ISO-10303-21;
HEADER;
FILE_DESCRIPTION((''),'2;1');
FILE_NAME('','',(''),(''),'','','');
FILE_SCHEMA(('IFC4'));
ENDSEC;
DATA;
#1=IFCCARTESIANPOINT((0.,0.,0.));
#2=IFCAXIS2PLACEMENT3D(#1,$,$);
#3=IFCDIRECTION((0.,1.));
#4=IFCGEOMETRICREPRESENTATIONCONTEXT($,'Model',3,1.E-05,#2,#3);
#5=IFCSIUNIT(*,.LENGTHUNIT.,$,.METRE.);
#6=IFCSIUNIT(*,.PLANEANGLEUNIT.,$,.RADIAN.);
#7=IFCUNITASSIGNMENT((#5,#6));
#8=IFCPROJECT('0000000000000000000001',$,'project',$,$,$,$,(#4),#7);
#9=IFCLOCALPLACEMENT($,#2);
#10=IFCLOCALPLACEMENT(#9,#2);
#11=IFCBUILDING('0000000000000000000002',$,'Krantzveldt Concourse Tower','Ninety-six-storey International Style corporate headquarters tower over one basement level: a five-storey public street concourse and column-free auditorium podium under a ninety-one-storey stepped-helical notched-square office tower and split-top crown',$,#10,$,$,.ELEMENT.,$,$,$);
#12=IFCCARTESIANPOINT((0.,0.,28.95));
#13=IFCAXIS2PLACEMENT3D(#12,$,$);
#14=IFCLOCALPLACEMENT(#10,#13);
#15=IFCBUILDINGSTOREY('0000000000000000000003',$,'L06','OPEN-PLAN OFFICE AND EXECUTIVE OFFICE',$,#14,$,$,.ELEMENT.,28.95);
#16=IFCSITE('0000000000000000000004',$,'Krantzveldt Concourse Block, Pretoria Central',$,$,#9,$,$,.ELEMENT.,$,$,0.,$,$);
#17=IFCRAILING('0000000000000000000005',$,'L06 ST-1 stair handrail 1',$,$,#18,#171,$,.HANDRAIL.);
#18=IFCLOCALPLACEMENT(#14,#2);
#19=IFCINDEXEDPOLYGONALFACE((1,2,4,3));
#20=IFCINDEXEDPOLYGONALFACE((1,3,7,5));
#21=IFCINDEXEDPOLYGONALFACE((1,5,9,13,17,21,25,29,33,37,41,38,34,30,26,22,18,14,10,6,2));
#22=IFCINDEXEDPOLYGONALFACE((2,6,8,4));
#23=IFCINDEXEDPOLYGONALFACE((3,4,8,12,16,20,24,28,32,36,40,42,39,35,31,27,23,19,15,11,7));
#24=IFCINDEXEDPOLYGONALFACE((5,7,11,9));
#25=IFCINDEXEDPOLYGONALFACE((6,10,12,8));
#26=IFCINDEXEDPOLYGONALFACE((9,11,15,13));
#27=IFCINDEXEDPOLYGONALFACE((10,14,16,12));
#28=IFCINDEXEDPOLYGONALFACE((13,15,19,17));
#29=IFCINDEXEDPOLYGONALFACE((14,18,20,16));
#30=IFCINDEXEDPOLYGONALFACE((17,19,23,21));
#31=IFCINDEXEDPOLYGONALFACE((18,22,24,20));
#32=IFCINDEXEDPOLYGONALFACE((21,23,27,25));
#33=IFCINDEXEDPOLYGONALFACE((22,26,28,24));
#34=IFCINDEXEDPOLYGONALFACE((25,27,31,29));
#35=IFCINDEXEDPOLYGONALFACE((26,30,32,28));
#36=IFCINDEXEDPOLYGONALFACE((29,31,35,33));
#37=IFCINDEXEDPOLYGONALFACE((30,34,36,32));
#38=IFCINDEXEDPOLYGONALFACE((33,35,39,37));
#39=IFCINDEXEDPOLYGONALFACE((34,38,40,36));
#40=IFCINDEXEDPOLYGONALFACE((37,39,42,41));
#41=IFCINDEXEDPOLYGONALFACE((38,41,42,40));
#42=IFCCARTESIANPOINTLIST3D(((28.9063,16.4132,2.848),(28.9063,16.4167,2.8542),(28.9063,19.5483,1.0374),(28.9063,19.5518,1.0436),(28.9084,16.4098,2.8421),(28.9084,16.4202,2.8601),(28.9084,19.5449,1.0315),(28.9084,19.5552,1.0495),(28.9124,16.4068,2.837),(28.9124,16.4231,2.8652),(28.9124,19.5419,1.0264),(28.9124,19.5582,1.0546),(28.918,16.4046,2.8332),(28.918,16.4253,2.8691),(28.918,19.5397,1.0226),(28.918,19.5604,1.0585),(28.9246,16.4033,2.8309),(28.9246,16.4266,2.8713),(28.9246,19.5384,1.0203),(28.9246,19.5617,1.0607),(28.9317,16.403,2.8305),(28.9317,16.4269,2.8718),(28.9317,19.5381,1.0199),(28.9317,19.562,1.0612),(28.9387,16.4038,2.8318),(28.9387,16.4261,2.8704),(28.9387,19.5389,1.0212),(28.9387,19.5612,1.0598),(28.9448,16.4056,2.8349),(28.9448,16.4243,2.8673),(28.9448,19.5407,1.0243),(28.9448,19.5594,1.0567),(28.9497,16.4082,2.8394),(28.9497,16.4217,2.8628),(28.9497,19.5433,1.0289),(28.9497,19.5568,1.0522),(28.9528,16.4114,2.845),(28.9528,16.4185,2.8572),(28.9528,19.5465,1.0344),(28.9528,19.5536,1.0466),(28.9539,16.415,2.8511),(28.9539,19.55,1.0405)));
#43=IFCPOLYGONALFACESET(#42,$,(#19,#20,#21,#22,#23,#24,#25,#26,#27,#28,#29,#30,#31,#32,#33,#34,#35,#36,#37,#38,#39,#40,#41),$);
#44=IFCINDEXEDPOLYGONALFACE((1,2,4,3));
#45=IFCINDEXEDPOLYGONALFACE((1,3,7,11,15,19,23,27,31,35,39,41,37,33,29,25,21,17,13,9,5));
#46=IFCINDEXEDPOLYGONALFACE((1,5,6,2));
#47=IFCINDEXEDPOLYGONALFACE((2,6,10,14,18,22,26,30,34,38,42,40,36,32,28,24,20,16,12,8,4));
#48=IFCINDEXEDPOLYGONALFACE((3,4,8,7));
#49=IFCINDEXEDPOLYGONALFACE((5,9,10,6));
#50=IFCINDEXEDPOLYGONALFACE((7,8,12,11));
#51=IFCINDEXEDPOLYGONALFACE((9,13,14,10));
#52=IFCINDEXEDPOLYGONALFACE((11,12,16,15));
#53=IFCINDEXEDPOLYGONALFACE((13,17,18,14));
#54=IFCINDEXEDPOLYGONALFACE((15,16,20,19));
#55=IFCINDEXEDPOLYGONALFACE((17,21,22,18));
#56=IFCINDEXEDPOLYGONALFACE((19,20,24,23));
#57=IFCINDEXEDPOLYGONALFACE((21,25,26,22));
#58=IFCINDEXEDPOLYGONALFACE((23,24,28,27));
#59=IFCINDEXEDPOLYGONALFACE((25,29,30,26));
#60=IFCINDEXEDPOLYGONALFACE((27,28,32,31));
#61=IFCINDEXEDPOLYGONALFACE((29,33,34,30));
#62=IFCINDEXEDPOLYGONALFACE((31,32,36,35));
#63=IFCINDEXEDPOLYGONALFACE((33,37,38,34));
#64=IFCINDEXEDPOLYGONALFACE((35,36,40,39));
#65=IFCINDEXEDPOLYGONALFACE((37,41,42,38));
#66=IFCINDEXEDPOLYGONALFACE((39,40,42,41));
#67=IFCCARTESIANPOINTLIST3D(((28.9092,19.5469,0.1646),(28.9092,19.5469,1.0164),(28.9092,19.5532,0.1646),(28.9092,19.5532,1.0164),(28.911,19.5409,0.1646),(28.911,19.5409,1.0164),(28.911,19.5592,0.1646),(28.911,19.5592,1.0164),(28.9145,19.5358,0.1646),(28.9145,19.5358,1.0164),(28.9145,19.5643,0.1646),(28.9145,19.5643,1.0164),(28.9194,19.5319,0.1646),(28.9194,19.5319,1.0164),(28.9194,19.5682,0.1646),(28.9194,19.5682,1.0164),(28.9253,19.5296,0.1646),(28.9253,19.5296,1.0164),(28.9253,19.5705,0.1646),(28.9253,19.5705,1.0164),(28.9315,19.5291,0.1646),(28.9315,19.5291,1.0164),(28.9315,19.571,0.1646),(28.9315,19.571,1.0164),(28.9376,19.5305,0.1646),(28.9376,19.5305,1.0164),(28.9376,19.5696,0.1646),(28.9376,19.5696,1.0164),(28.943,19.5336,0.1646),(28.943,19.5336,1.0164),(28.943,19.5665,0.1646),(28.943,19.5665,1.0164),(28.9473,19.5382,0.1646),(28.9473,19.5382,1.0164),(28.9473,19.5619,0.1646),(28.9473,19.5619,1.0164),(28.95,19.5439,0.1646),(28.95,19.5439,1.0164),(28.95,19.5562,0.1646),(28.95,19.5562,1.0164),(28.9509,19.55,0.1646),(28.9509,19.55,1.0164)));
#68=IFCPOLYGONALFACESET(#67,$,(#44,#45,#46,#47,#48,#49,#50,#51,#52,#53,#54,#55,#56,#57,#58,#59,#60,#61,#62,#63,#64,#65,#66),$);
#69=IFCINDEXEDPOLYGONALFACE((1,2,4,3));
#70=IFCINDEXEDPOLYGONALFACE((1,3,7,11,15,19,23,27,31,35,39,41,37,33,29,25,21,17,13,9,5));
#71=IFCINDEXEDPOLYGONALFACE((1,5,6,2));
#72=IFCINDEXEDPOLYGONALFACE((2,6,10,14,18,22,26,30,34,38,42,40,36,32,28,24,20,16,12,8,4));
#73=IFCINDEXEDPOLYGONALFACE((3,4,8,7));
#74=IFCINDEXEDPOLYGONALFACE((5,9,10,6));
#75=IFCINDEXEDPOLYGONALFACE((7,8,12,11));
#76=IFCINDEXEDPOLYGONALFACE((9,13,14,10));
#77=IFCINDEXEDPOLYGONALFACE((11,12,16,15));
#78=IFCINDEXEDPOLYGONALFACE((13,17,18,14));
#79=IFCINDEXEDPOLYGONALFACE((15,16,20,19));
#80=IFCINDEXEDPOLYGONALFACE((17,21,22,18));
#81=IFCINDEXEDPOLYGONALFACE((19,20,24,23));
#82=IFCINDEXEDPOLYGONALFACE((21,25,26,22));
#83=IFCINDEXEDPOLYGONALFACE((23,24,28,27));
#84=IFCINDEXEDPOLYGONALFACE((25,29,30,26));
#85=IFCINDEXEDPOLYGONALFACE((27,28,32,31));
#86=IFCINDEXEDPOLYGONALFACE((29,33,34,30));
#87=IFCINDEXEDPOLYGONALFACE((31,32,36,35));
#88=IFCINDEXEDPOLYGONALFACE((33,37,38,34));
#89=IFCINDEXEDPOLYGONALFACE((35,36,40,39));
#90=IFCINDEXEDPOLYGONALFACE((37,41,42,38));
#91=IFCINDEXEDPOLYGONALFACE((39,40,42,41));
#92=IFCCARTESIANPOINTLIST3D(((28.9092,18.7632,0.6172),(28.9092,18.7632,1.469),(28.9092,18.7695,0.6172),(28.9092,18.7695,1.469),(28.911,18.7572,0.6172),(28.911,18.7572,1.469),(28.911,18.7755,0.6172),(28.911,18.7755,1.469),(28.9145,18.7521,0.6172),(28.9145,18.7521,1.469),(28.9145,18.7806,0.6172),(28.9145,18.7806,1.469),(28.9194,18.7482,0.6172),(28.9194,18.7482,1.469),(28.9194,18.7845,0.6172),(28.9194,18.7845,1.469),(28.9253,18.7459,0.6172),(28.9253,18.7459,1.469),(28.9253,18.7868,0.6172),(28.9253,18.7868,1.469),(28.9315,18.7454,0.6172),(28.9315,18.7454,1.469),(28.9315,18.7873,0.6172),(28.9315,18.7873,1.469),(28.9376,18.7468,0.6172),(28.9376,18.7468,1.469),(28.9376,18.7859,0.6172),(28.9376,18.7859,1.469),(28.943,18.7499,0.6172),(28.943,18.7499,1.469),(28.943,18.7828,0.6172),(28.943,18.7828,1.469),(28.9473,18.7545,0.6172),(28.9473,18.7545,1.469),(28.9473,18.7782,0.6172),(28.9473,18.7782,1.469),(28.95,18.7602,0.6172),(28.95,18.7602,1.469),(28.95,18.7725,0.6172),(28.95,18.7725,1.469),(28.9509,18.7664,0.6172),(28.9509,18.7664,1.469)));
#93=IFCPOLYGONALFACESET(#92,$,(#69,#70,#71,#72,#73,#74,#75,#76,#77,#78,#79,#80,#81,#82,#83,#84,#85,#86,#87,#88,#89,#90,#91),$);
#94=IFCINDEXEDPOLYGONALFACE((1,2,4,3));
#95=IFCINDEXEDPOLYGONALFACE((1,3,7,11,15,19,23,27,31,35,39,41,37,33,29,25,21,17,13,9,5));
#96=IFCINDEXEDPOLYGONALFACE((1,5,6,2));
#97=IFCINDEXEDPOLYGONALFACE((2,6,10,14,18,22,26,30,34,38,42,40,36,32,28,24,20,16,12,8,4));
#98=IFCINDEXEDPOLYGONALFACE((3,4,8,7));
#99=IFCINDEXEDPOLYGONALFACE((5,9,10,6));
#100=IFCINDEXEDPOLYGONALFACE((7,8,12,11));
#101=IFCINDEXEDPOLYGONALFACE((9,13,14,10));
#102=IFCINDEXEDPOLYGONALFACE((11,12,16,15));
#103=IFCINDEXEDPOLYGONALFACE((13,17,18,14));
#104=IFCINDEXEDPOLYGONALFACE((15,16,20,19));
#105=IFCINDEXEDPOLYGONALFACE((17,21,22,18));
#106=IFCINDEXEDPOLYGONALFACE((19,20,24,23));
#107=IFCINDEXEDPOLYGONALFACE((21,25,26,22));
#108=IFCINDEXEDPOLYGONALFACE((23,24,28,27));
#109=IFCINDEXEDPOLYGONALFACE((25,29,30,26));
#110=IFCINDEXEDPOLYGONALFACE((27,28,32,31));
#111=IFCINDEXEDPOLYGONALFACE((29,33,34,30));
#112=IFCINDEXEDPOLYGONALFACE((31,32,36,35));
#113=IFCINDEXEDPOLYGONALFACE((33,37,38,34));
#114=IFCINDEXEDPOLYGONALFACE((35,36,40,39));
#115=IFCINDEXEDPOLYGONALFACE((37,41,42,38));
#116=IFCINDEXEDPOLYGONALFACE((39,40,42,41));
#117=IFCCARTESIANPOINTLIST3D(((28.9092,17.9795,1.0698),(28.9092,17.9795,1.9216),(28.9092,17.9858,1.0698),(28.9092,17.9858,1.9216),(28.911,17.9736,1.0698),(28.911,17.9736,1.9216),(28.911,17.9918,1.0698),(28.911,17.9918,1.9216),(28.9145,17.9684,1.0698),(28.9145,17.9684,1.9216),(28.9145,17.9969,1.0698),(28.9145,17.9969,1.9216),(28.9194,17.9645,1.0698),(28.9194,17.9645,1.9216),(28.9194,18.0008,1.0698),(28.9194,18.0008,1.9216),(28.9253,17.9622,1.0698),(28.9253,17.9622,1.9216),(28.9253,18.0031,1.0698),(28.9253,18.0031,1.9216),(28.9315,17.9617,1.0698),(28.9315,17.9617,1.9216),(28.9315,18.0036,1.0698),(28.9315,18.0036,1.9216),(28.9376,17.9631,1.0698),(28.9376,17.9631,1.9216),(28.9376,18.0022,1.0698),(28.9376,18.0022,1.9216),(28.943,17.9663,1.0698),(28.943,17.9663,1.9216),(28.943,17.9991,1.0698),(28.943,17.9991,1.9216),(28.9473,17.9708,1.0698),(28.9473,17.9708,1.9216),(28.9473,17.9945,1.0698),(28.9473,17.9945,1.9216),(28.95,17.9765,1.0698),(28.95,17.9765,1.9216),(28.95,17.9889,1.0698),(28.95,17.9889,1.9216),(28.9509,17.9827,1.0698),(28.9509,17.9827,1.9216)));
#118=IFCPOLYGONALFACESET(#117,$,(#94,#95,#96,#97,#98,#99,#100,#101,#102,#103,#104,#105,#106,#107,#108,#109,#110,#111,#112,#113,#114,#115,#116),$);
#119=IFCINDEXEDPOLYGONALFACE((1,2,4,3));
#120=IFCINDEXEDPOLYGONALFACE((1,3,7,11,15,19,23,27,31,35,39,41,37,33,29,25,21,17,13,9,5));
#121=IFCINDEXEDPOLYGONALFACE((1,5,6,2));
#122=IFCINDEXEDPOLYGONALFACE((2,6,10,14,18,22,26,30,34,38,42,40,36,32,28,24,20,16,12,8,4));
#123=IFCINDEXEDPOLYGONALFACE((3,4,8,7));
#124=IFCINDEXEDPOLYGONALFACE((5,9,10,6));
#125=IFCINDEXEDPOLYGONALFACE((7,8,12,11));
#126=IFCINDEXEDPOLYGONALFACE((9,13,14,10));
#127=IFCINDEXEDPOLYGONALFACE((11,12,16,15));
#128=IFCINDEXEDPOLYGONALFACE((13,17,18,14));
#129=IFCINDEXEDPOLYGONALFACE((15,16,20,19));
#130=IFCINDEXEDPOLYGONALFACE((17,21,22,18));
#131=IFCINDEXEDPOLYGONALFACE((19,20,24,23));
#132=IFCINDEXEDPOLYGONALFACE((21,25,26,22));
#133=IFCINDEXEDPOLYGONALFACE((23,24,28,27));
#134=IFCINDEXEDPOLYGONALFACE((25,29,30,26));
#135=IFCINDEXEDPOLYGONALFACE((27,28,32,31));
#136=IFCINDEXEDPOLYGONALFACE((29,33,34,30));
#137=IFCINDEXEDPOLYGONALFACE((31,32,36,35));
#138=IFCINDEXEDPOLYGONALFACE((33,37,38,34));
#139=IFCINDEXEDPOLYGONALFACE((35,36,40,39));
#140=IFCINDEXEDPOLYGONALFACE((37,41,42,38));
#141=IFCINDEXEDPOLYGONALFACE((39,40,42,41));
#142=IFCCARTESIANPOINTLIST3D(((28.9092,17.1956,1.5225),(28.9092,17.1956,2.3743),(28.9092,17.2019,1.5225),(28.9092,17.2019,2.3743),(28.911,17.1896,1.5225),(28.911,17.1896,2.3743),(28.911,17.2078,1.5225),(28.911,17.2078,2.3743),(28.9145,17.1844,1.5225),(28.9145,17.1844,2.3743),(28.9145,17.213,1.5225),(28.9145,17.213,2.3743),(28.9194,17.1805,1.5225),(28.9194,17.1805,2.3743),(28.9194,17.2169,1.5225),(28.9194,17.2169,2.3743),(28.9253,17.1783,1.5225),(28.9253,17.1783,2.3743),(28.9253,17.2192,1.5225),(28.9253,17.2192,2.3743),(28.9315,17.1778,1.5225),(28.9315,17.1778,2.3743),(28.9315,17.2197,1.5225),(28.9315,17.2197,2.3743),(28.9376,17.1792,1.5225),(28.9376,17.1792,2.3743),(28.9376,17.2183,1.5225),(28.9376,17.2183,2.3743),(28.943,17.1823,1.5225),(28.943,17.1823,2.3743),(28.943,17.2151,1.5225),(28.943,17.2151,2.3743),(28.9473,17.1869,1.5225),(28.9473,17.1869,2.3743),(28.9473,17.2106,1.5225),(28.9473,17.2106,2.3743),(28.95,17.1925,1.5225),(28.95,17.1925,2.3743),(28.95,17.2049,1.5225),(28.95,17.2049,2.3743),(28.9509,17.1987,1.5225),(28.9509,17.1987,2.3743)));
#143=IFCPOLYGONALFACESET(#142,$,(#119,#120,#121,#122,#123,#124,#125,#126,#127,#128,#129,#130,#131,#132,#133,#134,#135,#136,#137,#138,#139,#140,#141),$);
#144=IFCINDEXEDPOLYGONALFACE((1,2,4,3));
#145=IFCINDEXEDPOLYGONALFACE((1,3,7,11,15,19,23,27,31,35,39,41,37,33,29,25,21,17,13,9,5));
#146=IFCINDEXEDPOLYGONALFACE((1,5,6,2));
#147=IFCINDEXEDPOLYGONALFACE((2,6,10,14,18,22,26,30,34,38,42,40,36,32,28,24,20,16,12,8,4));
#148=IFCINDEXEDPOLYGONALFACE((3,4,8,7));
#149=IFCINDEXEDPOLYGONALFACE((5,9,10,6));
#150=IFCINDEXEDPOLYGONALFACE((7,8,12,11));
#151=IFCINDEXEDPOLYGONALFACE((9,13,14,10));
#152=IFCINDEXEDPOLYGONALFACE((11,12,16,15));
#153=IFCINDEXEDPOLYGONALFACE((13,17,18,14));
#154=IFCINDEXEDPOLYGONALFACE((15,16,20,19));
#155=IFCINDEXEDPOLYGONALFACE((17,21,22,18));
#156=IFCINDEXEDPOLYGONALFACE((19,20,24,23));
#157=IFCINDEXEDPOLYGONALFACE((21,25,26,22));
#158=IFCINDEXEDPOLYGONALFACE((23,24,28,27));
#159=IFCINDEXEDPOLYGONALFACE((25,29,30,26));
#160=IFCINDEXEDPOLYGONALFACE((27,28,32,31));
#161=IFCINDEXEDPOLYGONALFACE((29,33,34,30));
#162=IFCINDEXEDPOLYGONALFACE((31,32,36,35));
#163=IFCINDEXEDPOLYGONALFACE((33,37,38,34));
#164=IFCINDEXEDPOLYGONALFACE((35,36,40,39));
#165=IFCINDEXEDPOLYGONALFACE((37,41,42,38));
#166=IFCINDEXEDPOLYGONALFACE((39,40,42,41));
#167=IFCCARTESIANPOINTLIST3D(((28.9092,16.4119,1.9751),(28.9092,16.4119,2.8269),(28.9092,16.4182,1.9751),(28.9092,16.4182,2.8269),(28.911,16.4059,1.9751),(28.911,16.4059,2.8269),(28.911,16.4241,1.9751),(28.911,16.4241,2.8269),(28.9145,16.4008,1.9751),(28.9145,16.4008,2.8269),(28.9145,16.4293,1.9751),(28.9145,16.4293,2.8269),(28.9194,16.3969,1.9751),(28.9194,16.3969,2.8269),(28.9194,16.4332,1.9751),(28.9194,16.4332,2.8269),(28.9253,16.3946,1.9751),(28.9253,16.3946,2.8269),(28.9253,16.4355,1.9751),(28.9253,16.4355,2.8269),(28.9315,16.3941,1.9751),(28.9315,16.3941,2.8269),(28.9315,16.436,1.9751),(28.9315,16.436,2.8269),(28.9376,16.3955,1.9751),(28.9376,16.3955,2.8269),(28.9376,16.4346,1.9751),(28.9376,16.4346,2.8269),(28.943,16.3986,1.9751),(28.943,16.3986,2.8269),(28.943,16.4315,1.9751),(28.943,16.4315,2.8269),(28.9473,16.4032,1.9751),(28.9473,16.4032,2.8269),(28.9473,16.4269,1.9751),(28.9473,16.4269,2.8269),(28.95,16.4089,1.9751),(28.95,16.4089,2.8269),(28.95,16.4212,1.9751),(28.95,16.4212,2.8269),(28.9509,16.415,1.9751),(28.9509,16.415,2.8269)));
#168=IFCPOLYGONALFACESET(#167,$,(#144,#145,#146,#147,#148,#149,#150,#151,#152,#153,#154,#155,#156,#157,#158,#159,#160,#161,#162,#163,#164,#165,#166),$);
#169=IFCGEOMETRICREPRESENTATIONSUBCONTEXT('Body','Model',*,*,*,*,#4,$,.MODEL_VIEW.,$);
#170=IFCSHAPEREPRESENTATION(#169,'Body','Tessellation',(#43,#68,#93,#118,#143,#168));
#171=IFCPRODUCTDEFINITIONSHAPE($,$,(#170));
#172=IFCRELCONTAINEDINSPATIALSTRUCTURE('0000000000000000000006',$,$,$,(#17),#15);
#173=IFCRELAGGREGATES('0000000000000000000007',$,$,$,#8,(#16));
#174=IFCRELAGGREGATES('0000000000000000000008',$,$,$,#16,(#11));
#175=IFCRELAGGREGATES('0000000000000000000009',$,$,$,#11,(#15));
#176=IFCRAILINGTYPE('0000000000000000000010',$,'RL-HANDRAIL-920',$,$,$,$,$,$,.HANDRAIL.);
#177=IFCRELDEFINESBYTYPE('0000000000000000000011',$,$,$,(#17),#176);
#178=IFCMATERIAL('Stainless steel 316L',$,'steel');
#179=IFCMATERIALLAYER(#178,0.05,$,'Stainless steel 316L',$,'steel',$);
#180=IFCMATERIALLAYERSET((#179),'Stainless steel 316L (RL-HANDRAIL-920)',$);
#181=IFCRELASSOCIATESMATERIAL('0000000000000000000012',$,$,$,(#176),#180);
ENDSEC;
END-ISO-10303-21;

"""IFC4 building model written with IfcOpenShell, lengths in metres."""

from ifc_helpers import new_model, si_unit, direction, frame, origin, origin_2d, place, context, subcontext, project, spatial, circle, extrude, material, layer, layer_set, type_object, element, save


model = new_model("IFC4")

# Units and contexts
model_context = context("Model", 3, precision=1e-05, world=origin(), true_north=direction((0.0, 1.0)))
body_context = subcontext(model_context, "Body", "Model", "MODEL_VIEW")
ifc_project = project(units=[si_unit("LENGTHUNIT", "METRE"), si_unit("PLANEANGLEUNIT", "RADIAN")], contexts=[model_context])

# Site, building, storey
site_placement = place(None, origin())
site = spatial("IfcSite", under=ifc_project, at=site_placement, Name="Krantzveldt Concourse Block, Pretoria Central", CompositionType="ELEMENT", RefElevation=0.0)
building_placement = place(site_placement, origin())
building = spatial("IfcBuilding", under=site, at=building_placement, Name="Krantzveldt Concourse Tower", Description="Ninety-six-storey International Style corporate headquarters tower over one basement level: a five-storey public street concourse and column-free auditorium podium under a ninety-one-storey stepped-helical notched-square office tower and split-top crown", CompositionType="ELEMENT")
storey_placement = place(building_placement, frame((0.0, 0.0, 28.95)))
storey = spatial("IfcBuildingStorey", under=building, at=storey_placement, Name="L06", Description="OPEN-PLAN OFFICE AND EXECUTIVE OFFICE", CompositionType="ELEMENT", Elevation=28.95)

# Railing
ifc_material_1 = material(Name="Stainless steel 316L", Category="steel")
ifc_layer_1 = layer(ifc_material_1, 0.05, Name="Stainless steel 316L", Category="steel")
ifc_layer_set_1 = layer_set([ifc_layer_1], Name="Stainless steel 316L (RL-HANDRAIL-920)")
railing_type_1 = type_object("IfcRailingType", Name="RL-HANDRAIL-920", PredefinedType="HANDRAIL", material=ifc_layer_set_1)
railing_1_placement = place(storey_placement, frame((28.9299, 19.55, 0.1646)))
element("IfcRailing", 1, at=railing_1_placement, inside=storey, type_object=railing_type_1, Name="L06 ST-1 stair handrail 1", PredefinedType="HANDRAIL", context=body_context, shape_type="SweptSolid", body=[
    extrude(circle(Radius=0.0239, at=origin_2d()), frame((0.0, 0.0, 0.876), z_axis=(0.0, -0.86596, 0.500114), x_axis=(1.0, 0.0, 0.0)), (0.0, 0.0, 1.0), 3.6204),
    extrude(circle(Radius=0.021, at=origin_2d()), origin(), (0.0, 0.0, 1.0), 0.8518),
    extrude(circle(Radius=0.021, at=origin_2d()), frame((0.0, -0.7837, 0.4526)), (0.0, 0.0, 1.0), 0.8518),
    extrude(circle(Radius=0.021, at=origin_2d()), frame((0.0, -1.5674, 0.9053)), (0.0, 0.0, 1.0), 0.8518),
    extrude(circle(Radius=0.021, at=origin_2d()), frame((0.0, -2.3513, 1.3579)), (0.0, 0.0, 1.0), 0.8518),
    extrude(circle(Radius=0.021, at=origin_2d()), frame((0.0, -3.135, 1.8105)), (0.0, 0.0, 1.0), 0.8518),
])

save(model, "model.ifc")
